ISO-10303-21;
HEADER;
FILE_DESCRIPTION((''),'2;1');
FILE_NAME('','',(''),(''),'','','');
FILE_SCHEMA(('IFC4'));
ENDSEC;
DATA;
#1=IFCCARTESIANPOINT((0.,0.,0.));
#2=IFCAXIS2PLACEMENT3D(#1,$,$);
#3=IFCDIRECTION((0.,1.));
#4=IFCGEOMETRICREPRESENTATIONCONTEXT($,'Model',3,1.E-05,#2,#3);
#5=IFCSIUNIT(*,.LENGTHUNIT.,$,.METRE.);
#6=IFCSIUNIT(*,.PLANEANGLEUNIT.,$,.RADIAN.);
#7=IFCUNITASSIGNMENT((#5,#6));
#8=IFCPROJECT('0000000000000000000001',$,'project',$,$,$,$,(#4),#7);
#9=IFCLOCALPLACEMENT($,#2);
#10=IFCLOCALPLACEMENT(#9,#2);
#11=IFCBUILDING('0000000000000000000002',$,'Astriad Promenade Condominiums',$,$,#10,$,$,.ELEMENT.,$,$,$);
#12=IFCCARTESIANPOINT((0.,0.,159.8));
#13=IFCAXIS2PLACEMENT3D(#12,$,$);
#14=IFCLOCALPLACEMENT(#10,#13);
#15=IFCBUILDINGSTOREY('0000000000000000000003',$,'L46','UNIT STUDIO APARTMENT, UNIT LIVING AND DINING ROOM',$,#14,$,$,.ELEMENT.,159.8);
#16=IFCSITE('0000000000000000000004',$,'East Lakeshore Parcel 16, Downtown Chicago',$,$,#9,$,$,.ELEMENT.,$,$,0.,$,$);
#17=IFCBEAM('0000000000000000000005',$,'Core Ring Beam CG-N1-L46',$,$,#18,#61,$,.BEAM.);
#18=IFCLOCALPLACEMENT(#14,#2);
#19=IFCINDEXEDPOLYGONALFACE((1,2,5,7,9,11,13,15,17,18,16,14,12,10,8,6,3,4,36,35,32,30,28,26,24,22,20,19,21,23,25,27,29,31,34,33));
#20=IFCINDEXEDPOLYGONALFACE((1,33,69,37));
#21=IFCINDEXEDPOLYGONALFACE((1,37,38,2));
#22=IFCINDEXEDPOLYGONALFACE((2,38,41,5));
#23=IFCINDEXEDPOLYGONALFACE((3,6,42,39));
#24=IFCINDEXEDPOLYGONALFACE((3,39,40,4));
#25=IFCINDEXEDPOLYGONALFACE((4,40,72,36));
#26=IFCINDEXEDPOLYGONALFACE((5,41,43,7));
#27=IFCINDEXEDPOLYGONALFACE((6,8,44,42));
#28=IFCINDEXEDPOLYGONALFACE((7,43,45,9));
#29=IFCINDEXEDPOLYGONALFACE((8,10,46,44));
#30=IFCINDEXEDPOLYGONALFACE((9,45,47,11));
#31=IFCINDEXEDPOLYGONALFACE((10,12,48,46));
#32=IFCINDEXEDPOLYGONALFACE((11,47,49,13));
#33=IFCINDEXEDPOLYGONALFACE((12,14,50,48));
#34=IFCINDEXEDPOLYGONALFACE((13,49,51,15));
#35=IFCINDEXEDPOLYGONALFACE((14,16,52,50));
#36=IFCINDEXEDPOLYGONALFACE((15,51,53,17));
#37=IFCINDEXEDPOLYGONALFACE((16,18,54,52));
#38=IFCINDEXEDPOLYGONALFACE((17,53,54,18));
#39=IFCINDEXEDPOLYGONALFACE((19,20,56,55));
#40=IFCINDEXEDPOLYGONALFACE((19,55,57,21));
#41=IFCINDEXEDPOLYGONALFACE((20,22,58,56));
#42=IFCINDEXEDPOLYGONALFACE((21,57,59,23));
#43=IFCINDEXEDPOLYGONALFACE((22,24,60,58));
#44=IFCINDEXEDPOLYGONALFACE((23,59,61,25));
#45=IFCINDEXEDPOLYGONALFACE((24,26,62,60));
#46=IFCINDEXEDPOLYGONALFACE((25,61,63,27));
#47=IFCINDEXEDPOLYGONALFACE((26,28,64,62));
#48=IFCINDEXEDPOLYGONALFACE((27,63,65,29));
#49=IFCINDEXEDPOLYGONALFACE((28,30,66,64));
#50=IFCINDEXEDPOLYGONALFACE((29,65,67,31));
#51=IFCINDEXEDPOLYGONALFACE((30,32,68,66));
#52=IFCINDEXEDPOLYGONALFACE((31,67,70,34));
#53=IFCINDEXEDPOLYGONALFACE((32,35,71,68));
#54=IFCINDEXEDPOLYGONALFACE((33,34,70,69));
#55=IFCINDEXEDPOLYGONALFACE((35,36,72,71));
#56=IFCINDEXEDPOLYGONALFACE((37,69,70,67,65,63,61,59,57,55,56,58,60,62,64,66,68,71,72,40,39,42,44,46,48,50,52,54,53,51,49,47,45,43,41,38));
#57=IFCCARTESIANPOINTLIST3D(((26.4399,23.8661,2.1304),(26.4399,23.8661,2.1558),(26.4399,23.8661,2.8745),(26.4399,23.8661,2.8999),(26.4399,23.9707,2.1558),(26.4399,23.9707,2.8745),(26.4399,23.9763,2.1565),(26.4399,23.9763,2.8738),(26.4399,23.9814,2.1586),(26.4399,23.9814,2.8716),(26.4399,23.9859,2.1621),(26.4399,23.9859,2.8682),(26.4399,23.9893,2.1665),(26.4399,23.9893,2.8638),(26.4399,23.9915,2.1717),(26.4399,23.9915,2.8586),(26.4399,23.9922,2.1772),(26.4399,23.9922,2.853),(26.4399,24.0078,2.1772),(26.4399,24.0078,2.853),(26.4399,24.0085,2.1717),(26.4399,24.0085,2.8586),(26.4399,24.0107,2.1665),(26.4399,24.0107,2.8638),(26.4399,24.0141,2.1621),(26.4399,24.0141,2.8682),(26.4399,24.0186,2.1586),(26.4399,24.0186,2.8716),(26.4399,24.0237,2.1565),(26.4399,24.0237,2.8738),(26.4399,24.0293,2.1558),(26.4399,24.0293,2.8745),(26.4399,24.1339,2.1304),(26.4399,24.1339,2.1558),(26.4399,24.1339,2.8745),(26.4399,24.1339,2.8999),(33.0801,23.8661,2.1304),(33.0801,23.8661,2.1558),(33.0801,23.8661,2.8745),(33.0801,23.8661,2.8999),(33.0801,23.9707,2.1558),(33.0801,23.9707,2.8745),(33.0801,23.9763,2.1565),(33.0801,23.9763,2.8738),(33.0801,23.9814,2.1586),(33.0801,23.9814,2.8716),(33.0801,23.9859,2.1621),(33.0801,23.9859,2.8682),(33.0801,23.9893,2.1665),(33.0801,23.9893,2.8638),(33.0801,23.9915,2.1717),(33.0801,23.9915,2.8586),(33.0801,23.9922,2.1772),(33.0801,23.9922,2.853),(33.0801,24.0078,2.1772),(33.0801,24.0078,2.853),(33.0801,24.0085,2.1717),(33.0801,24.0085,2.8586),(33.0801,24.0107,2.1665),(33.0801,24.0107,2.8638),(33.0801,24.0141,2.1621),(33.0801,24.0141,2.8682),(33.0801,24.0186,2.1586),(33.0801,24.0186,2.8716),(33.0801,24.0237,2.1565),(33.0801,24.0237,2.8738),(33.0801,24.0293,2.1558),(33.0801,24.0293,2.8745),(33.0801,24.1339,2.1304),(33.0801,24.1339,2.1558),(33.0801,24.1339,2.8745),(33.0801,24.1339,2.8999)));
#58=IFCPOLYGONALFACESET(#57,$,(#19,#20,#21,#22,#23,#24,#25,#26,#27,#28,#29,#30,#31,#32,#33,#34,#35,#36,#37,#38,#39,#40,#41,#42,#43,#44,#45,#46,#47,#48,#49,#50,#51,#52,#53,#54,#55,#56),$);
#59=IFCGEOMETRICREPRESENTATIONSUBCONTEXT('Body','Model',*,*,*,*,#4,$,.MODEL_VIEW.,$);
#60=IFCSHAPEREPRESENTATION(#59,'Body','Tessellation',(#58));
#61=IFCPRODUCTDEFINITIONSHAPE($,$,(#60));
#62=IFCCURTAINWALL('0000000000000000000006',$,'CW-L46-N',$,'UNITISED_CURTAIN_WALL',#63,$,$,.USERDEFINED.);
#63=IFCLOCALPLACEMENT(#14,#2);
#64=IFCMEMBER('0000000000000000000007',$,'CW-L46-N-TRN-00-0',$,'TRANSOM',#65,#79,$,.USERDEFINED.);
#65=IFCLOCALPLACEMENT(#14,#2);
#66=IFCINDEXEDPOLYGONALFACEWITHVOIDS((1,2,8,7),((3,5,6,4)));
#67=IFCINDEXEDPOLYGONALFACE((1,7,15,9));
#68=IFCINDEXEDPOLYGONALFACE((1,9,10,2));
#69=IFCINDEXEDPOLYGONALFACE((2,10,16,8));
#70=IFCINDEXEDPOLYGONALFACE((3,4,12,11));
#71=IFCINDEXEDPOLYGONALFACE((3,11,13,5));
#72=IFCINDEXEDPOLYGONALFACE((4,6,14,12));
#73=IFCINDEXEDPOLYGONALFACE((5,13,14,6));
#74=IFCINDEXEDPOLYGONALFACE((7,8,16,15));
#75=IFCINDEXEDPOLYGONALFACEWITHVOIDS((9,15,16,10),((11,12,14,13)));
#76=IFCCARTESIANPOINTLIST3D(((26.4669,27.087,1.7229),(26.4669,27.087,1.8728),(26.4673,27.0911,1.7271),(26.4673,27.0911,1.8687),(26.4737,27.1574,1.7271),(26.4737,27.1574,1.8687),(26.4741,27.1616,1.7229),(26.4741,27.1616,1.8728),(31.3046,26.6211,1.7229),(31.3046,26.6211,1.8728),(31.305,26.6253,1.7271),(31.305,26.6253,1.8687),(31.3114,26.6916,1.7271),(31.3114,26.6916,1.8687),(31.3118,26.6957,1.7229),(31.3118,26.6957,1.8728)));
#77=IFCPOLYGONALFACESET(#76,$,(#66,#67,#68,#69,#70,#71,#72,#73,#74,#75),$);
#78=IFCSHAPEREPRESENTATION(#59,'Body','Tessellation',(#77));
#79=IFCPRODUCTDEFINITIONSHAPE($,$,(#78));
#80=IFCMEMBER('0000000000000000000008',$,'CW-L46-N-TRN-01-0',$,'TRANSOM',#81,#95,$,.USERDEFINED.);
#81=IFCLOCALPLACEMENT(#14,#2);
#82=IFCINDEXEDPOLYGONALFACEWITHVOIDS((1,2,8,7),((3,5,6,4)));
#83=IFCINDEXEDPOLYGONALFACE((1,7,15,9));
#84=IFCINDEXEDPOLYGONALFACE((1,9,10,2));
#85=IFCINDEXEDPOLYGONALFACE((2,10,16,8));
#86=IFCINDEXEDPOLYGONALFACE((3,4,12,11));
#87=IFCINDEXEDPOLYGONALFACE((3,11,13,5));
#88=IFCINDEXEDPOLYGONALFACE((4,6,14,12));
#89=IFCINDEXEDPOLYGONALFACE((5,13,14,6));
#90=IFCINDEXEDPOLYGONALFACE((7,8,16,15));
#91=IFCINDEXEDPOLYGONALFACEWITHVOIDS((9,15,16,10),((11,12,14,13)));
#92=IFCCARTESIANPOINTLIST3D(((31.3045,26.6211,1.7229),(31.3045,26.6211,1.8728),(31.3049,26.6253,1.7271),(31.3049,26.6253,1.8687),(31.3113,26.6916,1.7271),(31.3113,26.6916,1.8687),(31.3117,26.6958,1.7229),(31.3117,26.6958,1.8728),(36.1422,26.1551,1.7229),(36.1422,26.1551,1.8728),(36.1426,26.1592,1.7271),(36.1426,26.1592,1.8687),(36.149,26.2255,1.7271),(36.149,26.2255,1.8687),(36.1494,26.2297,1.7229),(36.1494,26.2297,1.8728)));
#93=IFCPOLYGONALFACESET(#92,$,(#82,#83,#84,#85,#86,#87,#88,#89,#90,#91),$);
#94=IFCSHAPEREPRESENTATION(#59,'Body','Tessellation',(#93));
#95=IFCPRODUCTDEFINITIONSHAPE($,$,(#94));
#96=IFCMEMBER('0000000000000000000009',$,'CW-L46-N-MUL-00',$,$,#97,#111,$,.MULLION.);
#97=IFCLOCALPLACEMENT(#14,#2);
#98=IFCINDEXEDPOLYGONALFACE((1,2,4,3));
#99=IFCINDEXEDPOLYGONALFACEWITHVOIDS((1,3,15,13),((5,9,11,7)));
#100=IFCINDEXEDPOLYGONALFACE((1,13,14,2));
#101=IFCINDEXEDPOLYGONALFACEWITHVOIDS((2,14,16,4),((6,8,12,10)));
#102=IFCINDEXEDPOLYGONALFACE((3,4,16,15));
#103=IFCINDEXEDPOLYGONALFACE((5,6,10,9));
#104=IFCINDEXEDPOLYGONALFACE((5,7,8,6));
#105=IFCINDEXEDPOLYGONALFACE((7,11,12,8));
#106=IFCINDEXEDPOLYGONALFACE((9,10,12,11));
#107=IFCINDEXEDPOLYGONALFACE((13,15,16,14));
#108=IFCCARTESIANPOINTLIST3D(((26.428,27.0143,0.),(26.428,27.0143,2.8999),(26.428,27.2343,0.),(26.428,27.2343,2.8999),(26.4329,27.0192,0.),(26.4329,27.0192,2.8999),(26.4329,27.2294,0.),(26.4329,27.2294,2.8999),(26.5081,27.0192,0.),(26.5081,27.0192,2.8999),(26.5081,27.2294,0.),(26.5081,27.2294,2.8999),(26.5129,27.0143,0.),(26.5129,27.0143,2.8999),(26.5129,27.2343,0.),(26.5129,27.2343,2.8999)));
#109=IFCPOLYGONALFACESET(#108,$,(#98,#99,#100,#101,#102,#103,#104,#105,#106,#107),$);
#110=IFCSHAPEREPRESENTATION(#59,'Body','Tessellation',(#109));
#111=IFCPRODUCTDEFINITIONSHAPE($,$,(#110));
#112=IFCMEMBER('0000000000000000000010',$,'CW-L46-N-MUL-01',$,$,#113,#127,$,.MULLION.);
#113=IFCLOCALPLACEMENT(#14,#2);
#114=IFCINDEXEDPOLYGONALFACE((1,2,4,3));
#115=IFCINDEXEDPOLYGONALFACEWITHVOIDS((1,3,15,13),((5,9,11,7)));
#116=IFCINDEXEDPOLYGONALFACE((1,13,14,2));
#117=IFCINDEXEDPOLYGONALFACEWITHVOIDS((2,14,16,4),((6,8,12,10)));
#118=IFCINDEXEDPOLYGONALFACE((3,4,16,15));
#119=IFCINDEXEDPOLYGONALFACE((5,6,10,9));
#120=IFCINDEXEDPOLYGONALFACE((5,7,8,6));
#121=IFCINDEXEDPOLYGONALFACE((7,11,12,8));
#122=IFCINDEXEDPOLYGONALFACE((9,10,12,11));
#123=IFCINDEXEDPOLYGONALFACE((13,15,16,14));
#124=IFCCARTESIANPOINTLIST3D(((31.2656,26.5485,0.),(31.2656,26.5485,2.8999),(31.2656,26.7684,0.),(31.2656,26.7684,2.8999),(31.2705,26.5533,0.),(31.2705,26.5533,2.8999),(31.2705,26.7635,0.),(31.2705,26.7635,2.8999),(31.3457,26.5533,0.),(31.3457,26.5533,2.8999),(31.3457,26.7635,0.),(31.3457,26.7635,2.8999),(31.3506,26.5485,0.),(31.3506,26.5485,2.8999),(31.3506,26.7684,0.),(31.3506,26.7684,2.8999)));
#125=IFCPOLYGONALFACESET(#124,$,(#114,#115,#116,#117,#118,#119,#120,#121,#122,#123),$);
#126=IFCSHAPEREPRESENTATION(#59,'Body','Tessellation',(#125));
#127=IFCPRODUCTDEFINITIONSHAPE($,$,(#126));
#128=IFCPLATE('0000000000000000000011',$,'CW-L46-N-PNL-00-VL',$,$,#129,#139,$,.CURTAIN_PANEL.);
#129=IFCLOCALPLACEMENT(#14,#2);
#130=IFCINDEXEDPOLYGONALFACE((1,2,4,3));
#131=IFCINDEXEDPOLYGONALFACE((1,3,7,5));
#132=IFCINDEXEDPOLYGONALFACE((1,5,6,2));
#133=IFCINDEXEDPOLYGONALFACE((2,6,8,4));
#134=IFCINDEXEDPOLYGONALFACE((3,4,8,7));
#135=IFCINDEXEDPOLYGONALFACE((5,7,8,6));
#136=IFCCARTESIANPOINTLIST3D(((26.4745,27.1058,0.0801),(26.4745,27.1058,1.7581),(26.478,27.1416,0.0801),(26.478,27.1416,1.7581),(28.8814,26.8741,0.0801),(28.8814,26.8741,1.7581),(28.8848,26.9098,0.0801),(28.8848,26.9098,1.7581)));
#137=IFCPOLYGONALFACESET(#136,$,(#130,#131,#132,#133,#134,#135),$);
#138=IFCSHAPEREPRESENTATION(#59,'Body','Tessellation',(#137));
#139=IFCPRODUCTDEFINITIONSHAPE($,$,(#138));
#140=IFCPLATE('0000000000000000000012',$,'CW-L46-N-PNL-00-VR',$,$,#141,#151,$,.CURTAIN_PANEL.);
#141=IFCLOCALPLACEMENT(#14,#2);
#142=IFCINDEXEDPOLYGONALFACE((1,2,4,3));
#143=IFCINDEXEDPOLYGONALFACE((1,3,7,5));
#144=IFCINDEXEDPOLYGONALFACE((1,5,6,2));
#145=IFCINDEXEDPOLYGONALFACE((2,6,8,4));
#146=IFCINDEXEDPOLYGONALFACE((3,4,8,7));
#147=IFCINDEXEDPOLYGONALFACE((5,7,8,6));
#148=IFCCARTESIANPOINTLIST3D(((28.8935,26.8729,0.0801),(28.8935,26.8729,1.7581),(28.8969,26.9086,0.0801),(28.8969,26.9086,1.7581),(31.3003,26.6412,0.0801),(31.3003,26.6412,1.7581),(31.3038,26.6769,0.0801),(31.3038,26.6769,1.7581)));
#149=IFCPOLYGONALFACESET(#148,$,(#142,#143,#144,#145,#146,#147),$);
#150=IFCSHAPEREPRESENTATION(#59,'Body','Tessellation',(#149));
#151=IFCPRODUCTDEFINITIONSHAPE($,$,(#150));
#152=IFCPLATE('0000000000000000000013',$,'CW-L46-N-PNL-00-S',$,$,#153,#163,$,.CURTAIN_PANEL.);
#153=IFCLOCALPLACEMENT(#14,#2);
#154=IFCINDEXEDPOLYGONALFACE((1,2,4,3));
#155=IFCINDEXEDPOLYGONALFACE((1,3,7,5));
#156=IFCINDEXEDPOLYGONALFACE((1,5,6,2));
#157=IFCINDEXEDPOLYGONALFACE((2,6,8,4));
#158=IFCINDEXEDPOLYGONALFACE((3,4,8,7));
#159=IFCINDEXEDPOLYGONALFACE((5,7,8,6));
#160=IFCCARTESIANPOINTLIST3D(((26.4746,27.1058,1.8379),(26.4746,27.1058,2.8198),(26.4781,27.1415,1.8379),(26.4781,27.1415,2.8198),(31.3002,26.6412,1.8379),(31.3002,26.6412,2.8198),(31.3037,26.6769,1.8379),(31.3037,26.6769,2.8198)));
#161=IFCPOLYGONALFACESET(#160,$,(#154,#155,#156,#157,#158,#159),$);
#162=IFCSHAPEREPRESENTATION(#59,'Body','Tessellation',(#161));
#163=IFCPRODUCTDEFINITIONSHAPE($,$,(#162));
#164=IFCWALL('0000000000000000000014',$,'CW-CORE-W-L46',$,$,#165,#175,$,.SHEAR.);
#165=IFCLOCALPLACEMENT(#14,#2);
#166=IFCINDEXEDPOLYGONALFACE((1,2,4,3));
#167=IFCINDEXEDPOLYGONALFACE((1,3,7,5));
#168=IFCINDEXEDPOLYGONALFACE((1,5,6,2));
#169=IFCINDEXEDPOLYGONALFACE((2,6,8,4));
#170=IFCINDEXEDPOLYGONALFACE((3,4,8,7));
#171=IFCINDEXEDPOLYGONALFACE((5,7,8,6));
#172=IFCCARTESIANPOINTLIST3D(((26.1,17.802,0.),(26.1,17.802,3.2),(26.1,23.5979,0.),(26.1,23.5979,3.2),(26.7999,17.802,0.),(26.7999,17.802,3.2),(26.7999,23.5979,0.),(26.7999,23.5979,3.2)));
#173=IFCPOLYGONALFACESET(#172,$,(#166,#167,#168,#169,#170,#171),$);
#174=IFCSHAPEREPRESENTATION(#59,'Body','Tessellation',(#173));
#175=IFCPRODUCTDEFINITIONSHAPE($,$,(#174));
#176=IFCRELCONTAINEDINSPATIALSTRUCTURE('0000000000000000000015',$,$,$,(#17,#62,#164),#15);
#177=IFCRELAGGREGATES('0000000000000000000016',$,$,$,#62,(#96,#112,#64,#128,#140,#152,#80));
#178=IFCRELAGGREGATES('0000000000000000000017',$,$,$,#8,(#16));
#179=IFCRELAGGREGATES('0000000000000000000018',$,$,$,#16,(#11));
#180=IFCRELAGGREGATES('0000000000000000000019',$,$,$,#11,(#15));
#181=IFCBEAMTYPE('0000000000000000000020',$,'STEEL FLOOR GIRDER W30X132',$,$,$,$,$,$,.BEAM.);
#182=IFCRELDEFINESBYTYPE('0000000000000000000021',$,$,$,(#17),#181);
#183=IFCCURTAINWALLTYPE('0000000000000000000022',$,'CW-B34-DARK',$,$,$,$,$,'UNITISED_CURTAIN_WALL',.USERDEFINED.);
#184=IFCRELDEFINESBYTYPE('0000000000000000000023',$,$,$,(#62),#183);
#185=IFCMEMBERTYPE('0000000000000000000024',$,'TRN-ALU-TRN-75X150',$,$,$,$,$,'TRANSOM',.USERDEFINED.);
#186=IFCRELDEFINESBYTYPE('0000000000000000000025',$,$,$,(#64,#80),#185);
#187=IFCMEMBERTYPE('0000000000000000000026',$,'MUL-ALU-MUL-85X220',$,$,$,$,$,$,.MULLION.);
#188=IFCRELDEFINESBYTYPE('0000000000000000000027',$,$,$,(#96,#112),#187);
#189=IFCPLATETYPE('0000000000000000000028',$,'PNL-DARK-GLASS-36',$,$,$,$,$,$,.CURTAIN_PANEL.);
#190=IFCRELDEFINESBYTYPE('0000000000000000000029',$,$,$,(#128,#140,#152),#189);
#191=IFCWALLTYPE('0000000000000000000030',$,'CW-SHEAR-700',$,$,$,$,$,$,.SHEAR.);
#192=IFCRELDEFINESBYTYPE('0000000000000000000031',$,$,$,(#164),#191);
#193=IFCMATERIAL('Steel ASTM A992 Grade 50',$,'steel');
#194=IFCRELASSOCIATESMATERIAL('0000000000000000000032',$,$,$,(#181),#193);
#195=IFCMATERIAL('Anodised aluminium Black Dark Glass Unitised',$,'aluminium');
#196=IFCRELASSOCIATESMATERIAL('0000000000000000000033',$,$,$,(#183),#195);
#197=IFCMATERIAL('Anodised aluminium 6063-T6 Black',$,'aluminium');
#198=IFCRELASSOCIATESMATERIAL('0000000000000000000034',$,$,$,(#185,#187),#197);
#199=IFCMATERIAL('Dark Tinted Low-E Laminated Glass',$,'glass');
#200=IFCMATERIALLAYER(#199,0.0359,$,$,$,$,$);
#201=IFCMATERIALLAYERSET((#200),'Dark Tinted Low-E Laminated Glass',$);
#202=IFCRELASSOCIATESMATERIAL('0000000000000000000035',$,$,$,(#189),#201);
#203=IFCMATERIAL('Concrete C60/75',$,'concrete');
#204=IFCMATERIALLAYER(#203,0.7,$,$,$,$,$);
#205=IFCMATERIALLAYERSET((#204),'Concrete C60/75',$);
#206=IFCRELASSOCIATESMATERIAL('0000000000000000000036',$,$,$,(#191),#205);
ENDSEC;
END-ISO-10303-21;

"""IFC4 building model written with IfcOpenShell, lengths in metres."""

from ifc_helpers import new_model, si_unit, direction, frame, frame_2d, origin, origin_2d, place, context, subcontext, project, spatial, rectangle, hollow_rectangle, i_section, extrude, source, transform, mapped, material, layer, layer_set, material_profile, profile_set, type_object, type_shapes, element, aggregate, save


model = new_model("IFC4")

# Units and contexts
model_context = context("Model", 3, precision=1e-05, world=origin(), true_north=direction((0.0, 1.0)))
body_context = subcontext(model_context, "Body", "Model", "MODEL_VIEW")
ifc_project = project(units=[si_unit("LENGTHUNIT", "METRE"), si_unit("PLANEANGLEUNIT", "RADIAN")], contexts=[model_context])

# Site, building, storey
site_placement = place(None, origin())
site = spatial("IfcSite", under=ifc_project, at=site_placement, Name="East Lakeshore Parcel 16, Downtown Chicago", CompositionType="ELEMENT", RefElevation=0.0)
building_placement = place(site_placement, origin())
building = spatial("IfcBuilding", under=site, at=building_placement, Name="Astriad Promenade Condominiums", CompositionType="ELEMENT")
storey_placement = place(building_placement, frame((0.0, 0.0, 159.8)))
storey = spatial("IfcBuildingStorey", under=building, at=storey_placement, Name="L46", Description="UNIT STUDIO APARTMENT, UNIT LIVING AND DINING ROOM", CompositionType="ELEMENT", Elevation=159.8)

# Beam
ifc_material_1 = material(Name="Steel ASTM A992 Grade 50", Category="steel")
ifc_material_profile_1 = material_profile(ifc_material_1, i_section(OverallWidth=0.2678, OverallDepth=0.7695, WebThickness=0.0156, FlangeThickness=0.0254, FilletRadius=0.0215, at=origin_2d()), Name="W30X132")
ifc_profile_set_1 = profile_set([ifc_material_profile_1], Name="Steel ASTM A992 Grade 50")
beam_type = type_object("IfcBeamType", Name="STEEL FLOOR GIRDER W30X132", PredefinedType="BEAM", material=ifc_profile_set_1)
shared_shape_1 = source(origin(), body_context, "Body", "SweptSolid", [
    extrude(i_section(OverallWidth=0.2678, OverallDepth=0.7695, WebThickness=0.0156, FlangeThickness=0.0254, FilletRadius=0.0215, at=origin_2d()), origin(), (0.0, 0.0, 1.0), 6.6401),
])
type_shapes(beam_type, [shared_shape_1])
beam_placement = place(storey_placement, frame((26.4399, 24.0, 2.5151), z_axis=(1.0, 0.0, 0.0), x_axis=(0.0, 1.0, 0.0)))
element("IfcBeam", 1, at=beam_placement, inside=storey, type_object=beam_type, Name="Core Ring Beam CG-N1-L46", PredefinedType="BEAM", context=body_context, shape_type="MappedRepresentation", body=[
    mapped(shared_shape_1, transform((0.0, 0.0, 0.0), scale=1.0)),
])

# Curtain wall, members, plates
ifc_material_2 = material(Name="Anodised aluminium Black Dark Glass Unitised", Category="aluminium")
curtain_wall_type = type_object("IfcCurtainWallType", Name="CW-B34-DARK", ElementType="UNITISED_CURTAIN_WALL", PredefinedType="USERDEFINED", material=ifc_material_2)
curtain_wall_placement = place(storey_placement, origin())
curtain_wall = element("IfcCurtainWall", 2, at=curtain_wall_placement, inside=storey, type_object=curtain_wall_type, Name="CW-L46-N", ObjectType="UNITISED_CURTAIN_WALL", PredefinedType="USERDEFINED")
ifc_material_3 = material(Name="Anodised aluminium 6063-T6 Black", Category="aluminium")
ifc_material_profile_2 = material_profile(ifc_material_3, hollow_rectangle(XDim=0.075, YDim=0.1499, WallThickness=0.0042, at=origin_2d()), Name="ALU-TRN-75X150")
ifc_profile_set_2 = profile_set([ifc_material_profile_2], Name="Anodised aluminium 6063-T6 Black")
member_type_1 = type_object("IfcMemberType", Name="TRN-ALU-TRN-75X150", ElementType="TRANSOM", PredefinedType="USERDEFINED", material=ifc_profile_set_2)
shared_shape_2 = source(origin(), body_context, "Body", "SweptSolid", [
    extrude(hollow_rectangle(XDim=0.075, YDim=0.1499, WallThickness=0.0042, at=origin_2d()), origin(), (0.0, 0.0, 1.0), 4.8601),
])
type_shapes(member_type_1, [shared_shape_2])
member_1_placement = place(storey_placement, frame((26.4705, 27.1243, 1.7979), z_axis=(0.995396, -0.095847, 0.0), x_axis=(0.095847, 0.995396, 0.0)))
member_1 = element("IfcMember", 3, at=member_1_placement, type_object=member_type_1, Name="CW-L46-N-TRN-00-0", ObjectType="TRANSOM", PredefinedType="USERDEFINED", context=body_context, shape_type="MappedRepresentation", body=[
    mapped(shared_shape_2, transform((0.0, 0.0, 0.0), scale=1.0)),
])
member_2_placement = place(storey_placement, frame((31.3081, 26.6584, 1.7979), z_axis=(0.995391, -0.095897, 0.0), x_axis=(0.095897, 0.995391, 0.0)))
member_2 = element("IfcMember", 4, at=member_2_placement, type_object=member_type_1, Name="CW-L46-N-TRN-01-0", ObjectType="TRANSOM", PredefinedType="USERDEFINED", context=body_context, shape_type="MappedRepresentation", body=[
    mapped(shared_shape_2, transform((0.0, 0.0, 0.0), scale=1.0)),
])
ifc_material_profile_3 = material_profile(ifc_material_3, hollow_rectangle(XDim=0.085, YDim=0.22, WallThickness=0.0049, at=origin_2d()), Name="ALU-MUL-85X220")
ifc_profile_set_3 = profile_set([ifc_material_profile_3], Name="Anodised aluminium 6063-T6 Black")
member_type_2 = type_object("IfcMemberType", Name="MUL-ALU-MUL-85X220", PredefinedType="MULLION", material=ifc_profile_set_3)
shared_shape_3 = source(origin(), body_context, "Body", "SweptSolid", [
    extrude(hollow_rectangle(XDim=0.085, YDim=0.22, WallThickness=0.0049, at=origin_2d()), origin(), (0.0, 0.0, 1.0), 2.8999),
])
type_shapes(member_type_2, [shared_shape_3])
member_3_placement = place(storey_placement, frame((26.4705, 27.1243, 0.0), z_axis=(0.0, 0.0, 1.0), x_axis=(1.0, 0.0, 0.0)))
member_3 = element("IfcMember", 5, at=member_3_placement, type_object=member_type_2, Name="CW-L46-N-MUL-00", PredefinedType="MULLION", context=body_context, shape_type="MappedRepresentation", body=[
    mapped(shared_shape_3, transform((0.0, 0.0, 0.0), scale=1.0)),
])
member_4_placement = place(storey_placement, frame((31.3081, 26.6584, 0.0), z_axis=(0.0, 0.0, 1.0), x_axis=(1.0, 0.0, 0.0)))
member_4 = element("IfcMember", 6, at=member_4_placement, type_object=member_type_2, Name="CW-L46-N-MUL-01", PredefinedType="MULLION", context=body_context, shape_type="MappedRepresentation", body=[
    mapped(shared_shape_3, transform((0.0, 0.0, 0.0), scale=1.0)),
])
ifc_material_4 = material(Name="Dark Tinted Low-E Laminated Glass", Category="glass")
ifc_layer_1 = layer(ifc_material_4, 0.0359)
ifc_layer_set_1 = layer_set([ifc_layer_1], Name="Dark Tinted Low-E Laminated Glass")
plate_type = type_object("IfcPlateType", Name="PNL-DARK-GLASS-36", PredefinedType="CURTAIN_PANEL", material=ifc_layer_set_1)
shared_shape_4 = source(origin(), body_context, "Body", "SweptSolid", [
    extrude(rectangle(XDim=2.418, YDim=0.0359, at=origin_2d()), origin(), (0.0, 0.0, 1.0), 1.678),
])
plate_1_placement = place(storey_placement, frame((27.6797, 27.0078, 0.0801), z_axis=(0.0, 0.0, 1.0), x_axis=(0.995396, -0.095846, 0.0)))
plate_1 = element("IfcPlate", 7, at=plate_1_placement, type_object=plate_type, Name="CW-L46-N-PNL-00-VL", PredefinedType="CURTAIN_PANEL", context=body_context, shape_type="MappedRepresentation", body=[
    mapped(shared_shape_4, transform((0.0, 0.0, 0.0), scale=1.0)),
])
plate_2_placement = place(storey_placement, frame((30.0986, 26.7749, 0.0801), z_axis=(0.0, 0.0, 1.0), x_axis=(0.995396, -0.095846, 0.0)))
plate_2 = element("IfcPlate", 8, at=plate_2_placement, type_object=plate_type, Name="CW-L46-N-PNL-00-VR", PredefinedType="CURTAIN_PANEL", context=body_context, shape_type="MappedRepresentation", body=[
    mapped(shared_shape_4, transform((0.0, 0.0, 0.0), scale=1.0)),
])
shared_shape_5 = source(origin(), body_context, "Body", "SweptSolid", [
    extrude(rectangle(XDim=4.8479, YDim=0.0359, at=origin_2d()), origin(), (0.0, 0.0, 1.0), 0.9819),
])
type_shapes(plate_type, [shared_shape_4, shared_shape_5])
plate_3_placement = place(storey_placement, frame((28.8892, 26.8914, 1.8379), z_axis=(0.0, 0.0, 1.0), x_axis=(0.995396, -0.095846, 0.0)))
plate_3 = element("IfcPlate", 9, at=plate_3_placement, type_object=plate_type, Name="CW-L46-N-PNL-00-S", PredefinedType="CURTAIN_PANEL", context=body_context, shape_type="MappedRepresentation", body=[
    mapped(shared_shape_5, transform((0.0, 0.0, 0.0), scale=1.0)),
])
aggregate(curtain_wall, [member_3, member_4, member_1, plate_1, plate_2, plate_3, member_2])

# Wall
ifc_material_5 = material(Name="Concrete C60/75", Category="concrete")
ifc_layer_2 = layer(ifc_material_5, 0.7)
ifc_layer_set_2 = layer_set([ifc_layer_2], Name="Concrete C60/75")
wall_type_1 = type_object("IfcWallType", Name="CW-SHEAR-700", PredefinedType="SHEAR", material=ifc_layer_set_2)
wall_1_placement = place(storey_placement, frame((26.45, 17.802, 0.0), z_axis=(0.0, 0.0, 1.0), x_axis=(0.0, 1.0, 0.0)))
element("IfcWall", 10, at=wall_1_placement, inside=storey, type_object=wall_type_1, Name="CW-CORE-W-L46", PredefinedType="SHEAR", context=body_context, shape_type="SweptSolid", body=[
    extrude(rectangle(XDim=5.7959, YDim=0.7, at=frame_2d((2.8979, 0.0))), origin(), (0.0, 0.0, 1.0), 3.2),
])

save(model, "model.ifc")
